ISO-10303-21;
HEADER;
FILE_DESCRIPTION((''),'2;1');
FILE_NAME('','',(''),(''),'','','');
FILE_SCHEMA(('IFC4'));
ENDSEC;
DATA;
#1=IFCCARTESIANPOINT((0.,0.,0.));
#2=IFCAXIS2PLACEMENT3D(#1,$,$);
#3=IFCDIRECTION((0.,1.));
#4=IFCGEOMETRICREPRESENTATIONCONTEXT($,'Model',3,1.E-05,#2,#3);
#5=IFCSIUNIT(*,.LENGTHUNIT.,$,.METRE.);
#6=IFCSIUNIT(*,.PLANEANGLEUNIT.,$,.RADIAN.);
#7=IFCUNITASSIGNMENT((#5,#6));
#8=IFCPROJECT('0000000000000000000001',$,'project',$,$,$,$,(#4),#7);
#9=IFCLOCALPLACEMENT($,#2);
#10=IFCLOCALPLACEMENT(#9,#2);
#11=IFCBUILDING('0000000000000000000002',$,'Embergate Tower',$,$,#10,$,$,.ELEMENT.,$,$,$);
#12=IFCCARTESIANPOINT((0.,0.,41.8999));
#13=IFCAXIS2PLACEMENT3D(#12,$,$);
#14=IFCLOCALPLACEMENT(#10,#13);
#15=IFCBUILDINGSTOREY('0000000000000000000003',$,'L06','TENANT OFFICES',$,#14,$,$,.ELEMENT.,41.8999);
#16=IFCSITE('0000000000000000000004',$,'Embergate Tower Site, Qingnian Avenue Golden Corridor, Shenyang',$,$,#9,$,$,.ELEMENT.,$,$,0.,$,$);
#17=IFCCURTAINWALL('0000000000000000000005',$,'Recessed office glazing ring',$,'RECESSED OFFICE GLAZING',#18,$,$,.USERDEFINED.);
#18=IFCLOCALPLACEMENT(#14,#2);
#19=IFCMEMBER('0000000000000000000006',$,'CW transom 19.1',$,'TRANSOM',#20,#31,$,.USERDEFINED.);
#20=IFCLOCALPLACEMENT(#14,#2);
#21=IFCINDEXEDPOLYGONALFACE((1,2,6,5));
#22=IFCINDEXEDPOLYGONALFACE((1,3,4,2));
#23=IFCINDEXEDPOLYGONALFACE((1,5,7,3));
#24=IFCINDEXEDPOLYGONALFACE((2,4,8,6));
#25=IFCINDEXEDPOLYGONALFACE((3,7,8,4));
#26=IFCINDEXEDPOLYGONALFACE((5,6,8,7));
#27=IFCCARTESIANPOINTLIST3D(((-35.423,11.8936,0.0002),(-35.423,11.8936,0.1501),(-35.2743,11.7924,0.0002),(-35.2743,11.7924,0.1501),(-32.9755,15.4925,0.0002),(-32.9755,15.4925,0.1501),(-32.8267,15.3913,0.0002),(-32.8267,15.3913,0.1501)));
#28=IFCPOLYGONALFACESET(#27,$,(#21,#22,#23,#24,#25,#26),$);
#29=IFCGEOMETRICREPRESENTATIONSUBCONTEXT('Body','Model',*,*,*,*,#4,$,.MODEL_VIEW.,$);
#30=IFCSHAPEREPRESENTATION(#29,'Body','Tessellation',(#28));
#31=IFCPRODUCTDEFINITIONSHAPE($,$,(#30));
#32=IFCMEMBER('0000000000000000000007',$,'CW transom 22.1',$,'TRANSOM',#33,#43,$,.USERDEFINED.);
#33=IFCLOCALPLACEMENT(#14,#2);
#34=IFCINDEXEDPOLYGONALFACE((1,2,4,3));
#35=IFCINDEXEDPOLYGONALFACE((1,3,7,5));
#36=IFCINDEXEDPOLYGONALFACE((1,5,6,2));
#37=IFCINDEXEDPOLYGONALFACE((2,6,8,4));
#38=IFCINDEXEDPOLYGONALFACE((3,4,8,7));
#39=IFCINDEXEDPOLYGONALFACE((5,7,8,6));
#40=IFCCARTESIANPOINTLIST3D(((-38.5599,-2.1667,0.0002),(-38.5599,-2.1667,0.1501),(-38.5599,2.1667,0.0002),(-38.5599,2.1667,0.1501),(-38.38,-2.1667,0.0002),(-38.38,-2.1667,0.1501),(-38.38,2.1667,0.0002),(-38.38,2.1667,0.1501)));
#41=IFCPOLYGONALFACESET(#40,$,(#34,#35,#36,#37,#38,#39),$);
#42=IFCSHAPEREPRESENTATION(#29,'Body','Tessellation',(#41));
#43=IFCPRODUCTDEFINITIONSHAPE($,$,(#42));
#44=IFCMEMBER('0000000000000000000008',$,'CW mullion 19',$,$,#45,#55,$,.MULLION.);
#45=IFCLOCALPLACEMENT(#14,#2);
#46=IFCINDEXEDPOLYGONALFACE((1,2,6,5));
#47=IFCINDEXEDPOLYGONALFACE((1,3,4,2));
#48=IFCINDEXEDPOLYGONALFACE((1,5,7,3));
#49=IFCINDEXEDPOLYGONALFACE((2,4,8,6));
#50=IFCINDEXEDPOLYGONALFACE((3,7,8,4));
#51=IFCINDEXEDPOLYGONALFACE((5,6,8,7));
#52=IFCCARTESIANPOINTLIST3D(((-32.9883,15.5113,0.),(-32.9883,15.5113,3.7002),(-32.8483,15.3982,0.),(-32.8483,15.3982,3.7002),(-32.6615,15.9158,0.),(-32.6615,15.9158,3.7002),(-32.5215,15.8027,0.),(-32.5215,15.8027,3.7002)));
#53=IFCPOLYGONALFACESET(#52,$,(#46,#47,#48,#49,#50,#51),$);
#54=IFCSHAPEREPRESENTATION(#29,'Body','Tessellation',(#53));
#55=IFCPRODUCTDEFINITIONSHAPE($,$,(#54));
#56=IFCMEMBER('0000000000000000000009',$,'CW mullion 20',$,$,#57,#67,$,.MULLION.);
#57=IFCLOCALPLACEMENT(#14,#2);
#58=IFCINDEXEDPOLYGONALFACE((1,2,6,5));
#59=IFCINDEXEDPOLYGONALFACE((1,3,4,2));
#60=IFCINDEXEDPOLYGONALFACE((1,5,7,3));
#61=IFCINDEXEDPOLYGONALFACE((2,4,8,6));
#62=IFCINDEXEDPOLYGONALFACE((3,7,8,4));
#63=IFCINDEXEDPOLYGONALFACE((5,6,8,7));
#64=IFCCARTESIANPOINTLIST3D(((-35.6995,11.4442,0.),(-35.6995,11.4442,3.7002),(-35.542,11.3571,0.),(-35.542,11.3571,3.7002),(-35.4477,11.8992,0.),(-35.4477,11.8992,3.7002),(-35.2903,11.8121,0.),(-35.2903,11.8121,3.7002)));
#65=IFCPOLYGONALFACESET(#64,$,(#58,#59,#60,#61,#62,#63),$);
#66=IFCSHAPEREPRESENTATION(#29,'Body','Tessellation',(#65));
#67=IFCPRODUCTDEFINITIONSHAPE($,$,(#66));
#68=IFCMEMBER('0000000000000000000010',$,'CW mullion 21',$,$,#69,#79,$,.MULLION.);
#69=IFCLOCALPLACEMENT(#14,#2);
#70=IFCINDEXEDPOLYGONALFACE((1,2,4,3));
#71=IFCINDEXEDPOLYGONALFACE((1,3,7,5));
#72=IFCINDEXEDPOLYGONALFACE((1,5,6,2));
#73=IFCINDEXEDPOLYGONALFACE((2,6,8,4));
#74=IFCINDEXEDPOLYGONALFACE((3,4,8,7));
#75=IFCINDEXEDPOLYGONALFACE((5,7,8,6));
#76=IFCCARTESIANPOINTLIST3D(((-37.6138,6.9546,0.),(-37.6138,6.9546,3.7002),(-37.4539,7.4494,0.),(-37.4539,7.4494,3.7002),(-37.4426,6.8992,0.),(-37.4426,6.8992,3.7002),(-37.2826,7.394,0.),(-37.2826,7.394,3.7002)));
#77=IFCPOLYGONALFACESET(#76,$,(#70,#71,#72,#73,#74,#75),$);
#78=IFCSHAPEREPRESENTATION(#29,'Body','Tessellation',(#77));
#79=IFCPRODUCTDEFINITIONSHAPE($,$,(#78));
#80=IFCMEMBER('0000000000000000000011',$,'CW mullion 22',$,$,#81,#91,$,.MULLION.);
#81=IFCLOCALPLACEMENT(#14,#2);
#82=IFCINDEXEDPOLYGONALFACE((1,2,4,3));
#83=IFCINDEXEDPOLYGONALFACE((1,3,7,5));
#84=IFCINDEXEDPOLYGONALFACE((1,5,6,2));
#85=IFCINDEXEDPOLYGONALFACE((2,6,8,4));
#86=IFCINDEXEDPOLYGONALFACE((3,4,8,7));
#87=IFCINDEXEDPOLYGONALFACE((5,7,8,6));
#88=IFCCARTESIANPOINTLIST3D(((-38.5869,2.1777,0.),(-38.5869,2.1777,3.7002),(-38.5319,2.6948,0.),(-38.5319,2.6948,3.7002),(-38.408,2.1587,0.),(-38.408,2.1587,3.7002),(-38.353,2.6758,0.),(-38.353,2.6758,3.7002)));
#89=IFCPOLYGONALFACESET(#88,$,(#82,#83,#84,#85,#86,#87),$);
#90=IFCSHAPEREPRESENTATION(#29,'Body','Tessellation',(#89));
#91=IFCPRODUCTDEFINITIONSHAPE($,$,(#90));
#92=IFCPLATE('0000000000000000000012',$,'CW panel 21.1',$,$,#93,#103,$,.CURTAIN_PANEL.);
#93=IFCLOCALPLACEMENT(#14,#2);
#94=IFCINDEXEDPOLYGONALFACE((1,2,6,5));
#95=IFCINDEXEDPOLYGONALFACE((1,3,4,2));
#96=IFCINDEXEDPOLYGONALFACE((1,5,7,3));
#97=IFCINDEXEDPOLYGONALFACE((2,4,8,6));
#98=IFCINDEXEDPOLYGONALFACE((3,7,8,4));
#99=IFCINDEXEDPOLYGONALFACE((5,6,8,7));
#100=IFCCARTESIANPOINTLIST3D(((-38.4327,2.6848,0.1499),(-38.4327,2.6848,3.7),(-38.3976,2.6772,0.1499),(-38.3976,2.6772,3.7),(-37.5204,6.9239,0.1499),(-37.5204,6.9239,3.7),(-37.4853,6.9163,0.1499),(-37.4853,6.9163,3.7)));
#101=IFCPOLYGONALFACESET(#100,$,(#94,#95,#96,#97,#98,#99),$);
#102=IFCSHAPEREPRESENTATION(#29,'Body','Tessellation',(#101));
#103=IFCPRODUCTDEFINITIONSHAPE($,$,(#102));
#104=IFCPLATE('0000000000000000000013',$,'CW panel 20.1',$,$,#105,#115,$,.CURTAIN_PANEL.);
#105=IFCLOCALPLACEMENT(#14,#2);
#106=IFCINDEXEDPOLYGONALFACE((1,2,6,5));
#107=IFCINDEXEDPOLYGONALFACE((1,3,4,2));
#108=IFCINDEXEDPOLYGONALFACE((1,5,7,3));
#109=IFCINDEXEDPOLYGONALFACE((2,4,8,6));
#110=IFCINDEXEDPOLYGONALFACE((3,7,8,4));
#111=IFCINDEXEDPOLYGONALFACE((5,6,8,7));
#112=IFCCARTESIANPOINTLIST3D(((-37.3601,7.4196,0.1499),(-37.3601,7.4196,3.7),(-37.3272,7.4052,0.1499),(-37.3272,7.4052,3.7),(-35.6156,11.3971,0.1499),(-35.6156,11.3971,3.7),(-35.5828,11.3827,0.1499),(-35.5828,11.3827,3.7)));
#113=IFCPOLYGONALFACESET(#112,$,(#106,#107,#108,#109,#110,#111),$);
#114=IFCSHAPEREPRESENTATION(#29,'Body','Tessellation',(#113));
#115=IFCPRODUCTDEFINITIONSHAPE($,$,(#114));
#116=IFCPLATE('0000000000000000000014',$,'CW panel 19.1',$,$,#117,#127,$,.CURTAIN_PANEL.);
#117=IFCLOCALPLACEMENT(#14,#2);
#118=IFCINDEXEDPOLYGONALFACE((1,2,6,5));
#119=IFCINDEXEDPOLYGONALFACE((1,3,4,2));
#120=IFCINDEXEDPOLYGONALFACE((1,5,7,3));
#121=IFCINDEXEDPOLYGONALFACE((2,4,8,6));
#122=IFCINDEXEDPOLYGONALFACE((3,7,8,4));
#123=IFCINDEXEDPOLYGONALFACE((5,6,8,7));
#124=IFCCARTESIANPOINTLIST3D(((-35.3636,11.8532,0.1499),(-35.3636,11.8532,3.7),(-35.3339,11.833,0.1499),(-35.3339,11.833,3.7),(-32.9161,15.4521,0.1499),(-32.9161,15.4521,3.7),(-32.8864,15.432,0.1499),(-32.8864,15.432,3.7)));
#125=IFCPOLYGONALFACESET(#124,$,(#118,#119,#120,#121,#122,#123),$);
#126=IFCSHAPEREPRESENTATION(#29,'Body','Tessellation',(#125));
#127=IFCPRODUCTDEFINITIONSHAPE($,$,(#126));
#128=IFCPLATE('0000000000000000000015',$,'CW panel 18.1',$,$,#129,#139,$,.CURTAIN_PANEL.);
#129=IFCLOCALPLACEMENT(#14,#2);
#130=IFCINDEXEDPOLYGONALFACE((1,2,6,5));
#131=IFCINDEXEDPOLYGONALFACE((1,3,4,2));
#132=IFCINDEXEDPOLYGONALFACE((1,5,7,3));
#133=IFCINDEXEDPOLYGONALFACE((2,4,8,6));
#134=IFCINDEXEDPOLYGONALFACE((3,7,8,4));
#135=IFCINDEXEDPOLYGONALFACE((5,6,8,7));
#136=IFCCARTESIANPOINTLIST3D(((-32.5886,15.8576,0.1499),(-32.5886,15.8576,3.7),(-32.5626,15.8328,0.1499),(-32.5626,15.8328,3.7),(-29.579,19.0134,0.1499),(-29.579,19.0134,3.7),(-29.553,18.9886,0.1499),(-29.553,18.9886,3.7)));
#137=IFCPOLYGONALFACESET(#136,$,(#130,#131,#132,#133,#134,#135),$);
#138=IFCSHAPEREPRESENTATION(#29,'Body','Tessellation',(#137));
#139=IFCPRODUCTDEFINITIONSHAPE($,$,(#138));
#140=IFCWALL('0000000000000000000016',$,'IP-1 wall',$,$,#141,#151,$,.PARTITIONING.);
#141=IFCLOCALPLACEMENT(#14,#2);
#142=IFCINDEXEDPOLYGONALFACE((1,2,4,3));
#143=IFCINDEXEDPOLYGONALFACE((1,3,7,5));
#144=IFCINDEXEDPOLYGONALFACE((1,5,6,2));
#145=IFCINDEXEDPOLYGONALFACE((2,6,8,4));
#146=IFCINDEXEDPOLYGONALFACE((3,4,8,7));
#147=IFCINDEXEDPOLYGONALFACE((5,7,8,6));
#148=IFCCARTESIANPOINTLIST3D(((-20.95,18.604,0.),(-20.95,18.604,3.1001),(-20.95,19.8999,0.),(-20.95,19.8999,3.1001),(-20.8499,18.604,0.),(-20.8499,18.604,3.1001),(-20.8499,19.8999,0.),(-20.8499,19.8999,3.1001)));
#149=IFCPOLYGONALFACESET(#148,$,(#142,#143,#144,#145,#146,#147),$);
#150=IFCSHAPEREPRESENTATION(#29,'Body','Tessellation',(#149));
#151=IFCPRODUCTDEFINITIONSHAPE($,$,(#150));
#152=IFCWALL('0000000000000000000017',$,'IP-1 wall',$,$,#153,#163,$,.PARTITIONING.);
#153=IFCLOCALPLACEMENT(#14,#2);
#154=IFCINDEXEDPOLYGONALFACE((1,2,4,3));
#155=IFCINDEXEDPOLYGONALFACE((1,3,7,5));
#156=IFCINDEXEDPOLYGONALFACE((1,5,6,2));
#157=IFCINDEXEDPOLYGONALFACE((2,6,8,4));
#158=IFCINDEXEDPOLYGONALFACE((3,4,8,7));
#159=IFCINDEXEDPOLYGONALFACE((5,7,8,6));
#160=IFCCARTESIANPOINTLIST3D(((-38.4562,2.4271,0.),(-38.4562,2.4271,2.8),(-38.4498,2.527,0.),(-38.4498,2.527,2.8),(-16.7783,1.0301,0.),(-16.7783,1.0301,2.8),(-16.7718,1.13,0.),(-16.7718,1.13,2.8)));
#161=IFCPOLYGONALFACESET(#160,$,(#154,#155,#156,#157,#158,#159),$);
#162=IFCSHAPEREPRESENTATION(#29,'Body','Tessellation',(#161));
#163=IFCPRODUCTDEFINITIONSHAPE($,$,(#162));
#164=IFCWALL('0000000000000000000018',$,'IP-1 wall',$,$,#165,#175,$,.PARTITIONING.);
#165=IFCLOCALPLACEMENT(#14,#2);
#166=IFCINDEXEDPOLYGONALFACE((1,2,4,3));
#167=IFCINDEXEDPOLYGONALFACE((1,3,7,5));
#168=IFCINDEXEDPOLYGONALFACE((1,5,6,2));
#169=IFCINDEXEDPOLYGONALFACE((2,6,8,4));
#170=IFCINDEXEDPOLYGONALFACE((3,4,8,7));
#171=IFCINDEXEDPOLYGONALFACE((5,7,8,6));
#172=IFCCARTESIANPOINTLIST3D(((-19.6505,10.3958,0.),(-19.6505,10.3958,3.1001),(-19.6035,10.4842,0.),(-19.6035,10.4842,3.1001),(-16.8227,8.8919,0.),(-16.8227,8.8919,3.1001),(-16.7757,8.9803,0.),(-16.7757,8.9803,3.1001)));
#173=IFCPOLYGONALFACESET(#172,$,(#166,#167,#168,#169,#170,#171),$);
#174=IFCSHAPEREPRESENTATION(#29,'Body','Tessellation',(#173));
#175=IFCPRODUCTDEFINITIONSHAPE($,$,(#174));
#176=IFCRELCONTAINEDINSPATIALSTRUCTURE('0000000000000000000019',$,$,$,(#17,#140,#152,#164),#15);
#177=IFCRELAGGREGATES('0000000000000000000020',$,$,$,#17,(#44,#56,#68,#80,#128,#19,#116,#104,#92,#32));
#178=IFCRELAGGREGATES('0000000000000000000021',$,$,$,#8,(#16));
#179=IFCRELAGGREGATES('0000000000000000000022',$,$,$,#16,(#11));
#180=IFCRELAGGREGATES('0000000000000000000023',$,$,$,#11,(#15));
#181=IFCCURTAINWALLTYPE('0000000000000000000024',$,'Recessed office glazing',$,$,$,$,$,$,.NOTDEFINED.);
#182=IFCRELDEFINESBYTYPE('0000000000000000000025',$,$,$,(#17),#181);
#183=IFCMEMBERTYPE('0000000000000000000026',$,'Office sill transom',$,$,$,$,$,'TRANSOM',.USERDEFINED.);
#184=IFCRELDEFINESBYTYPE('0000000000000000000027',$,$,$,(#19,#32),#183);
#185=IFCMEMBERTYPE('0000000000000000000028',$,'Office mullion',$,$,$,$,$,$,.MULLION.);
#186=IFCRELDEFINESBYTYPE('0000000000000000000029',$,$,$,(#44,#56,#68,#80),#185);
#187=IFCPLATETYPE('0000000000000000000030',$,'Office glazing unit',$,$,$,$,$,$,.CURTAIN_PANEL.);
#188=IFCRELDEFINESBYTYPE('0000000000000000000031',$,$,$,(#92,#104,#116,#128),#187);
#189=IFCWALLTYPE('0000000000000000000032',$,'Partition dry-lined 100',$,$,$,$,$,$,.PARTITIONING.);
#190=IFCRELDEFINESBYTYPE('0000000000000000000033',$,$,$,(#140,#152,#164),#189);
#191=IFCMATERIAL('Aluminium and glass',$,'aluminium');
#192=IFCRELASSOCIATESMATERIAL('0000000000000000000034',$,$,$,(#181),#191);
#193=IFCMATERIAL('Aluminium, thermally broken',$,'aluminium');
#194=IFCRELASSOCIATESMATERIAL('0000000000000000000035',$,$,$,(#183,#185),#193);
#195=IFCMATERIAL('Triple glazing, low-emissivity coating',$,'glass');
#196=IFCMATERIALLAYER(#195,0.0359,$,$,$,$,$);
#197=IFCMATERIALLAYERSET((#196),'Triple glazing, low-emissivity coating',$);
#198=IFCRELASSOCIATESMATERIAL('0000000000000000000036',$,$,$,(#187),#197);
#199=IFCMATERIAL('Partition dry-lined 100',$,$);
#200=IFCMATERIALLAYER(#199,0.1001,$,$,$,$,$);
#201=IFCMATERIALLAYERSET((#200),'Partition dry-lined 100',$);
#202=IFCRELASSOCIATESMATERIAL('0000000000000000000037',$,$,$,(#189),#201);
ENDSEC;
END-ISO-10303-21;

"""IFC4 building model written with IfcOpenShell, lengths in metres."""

from ifc_helpers import new_model, si_unit, direction, frame, frame_2d, origin, origin_2d, place, context, subcontext, project, spatial, rectangle, extrude, source, transform, mapped, material, layer, layer_set, material_profile, profile_set, type_object, element, aggregate, save


model = new_model("IFC4")

# Units and contexts
model_context = context("Model", 3, precision=1e-05, world=origin(), true_north=direction((0.0, 1.0)))
body_context = subcontext(model_context, "Body", "Model", "MODEL_VIEW")
ifc_project = project(units=[si_unit("LENGTHUNIT", "METRE"), si_unit("PLANEANGLEUNIT", "RADIAN")], contexts=[model_context])

# Site, building, storey
site_placement = place(None, origin())
site = spatial("IfcSite", under=ifc_project, at=site_placement, Name="Embergate Tower Site, Qingnian Avenue Golden Corridor, Shenyang", CompositionType="ELEMENT", RefElevation=0.0)
building_placement = place(site_placement, origin())
building = spatial("IfcBuilding", under=site, at=building_placement, Name="Embergate Tower", CompositionType="ELEMENT")
storey_placement = place(building_placement, frame((0.0, 0.0, 41.8999)))
storey = spatial("IfcBuildingStorey", under=building, at=storey_placement, Name="L06", Description="TENANT OFFICES", CompositionType="ELEMENT", Elevation=41.8999)

# Curtain wall, members, plates
ifc_material_1 = material(Name="Aluminium and glass", Category="aluminium")
curtain_wall_type = type_object("IfcCurtainWallType", Name="Recessed office glazing", PredefinedType="NOTDEFINED", material=ifc_material_1)
curtain_wall_placement = place(storey_placement, origin())
curtain_wall = element("IfcCurtainWall", 1, at=curtain_wall_placement, inside=storey, type_object=curtain_wall_type, Name="Recessed office glazing ring", ObjectType="RECESSED OFFICE GLAZING", PredefinedType="USERDEFINED")
ifc_material_2 = material(Name="Aluminium, thermally broken", Category="aluminium")
ifc_material_profile_1 = material_profile(ifc_material_2, rectangle(XDim=0.1799, YDim=0.1499, at=origin_2d()), Name="AL 150x180")
ifc_profile_set_1 = profile_set([ifc_material_profile_1], Name="Aluminium, thermally broken")
member_type_1 = type_object("IfcMemberType", Name="Office sill transom", ElementType="TRANSOM", PredefinedType="USERDEFINED", material=ifc_profile_set_1)
shared_shape_1 = source(origin(), body_context, "Body", "SweptSolid", [
    extrude(rectangle(XDim=0.1799, YDim=0.1499, at=origin_2d()), origin(), (0.0, 0.0, 1.0), 4.3523),
])
member_1_placement = place(storey_placement, frame((-32.9011, 15.4419, 0.0752), z_axis=(-0.562353, -0.826897, 0.0), x_axis=(0.826897, -0.562353, 0.0)))
member_1 = element("IfcMember", 2, at=member_1_placement, type_object=member_type_1, Name="CW transom 19.1", ObjectType="TRANSOM", PredefinedType="USERDEFINED", context=body_context, shape_type="MappedRepresentation", body=[
    mapped(shared_shape_1, transform((0.0, 0.0, 0.0))),
])
shared_shape_2 = source(origin(), body_context, "Body", "SweptSolid", [
    extrude(rectangle(XDim=0.1799, YDim=0.1499, at=origin_2d()), origin(), (0.0, 0.0, 1.0), 4.3335),
])
member_2_placement = place(storey_placement, frame((-38.47, 2.1667, 0.0752), z_axis=(0.0, -1.0, 0.0), x_axis=(1.0, 0.0, 0.0)))
member_2 = element("IfcMember", 3, at=member_2_placement, type_object=member_type_1, Name="CW transom 22.1", ObjectType="TRANSOM", PredefinedType="USERDEFINED", context=body_context, shape_type="MappedRepresentation", body=[
    mapped(shared_shape_2, transform((0.0, 0.0, 0.0))),
])
ifc_material_profile_2 = material_profile(ifc_material_2, rectangle(XDim=0.1799, YDim=0.52, at=origin_2d()), Name="AL 520x180")
ifc_profile_set_2 = profile_set([ifc_material_profile_2], Name="Aluminium, thermally broken")
member_type_2 = type_object("IfcMemberType", Name="Office mullion", PredefinedType="MULLION", material=ifc_profile_set_2)
shared_shape_3 = source(origin(), body_context, "Body", "SweptSolid", [
    extrude(rectangle(XDim=0.1799, YDim=0.52, at=origin_2d()), origin(), (0.0, 0.0, 1.0), 3.7002),
])
member_3_placement = place(storey_placement, frame((-32.7549, 15.657, 0.0), z_axis=(0.0, 0.0, 1.0), x_axis=(0.777874, -0.628421, 0.0)))
member_3 = element("IfcMember", 4, at=member_3_placement, type_object=member_type_2, Name="CW mullion 19", PredefinedType="MULLION", context=body_context, shape_type="MappedRepresentation", body=[
    mapped(shared_shape_3, transform((0.0, 0.0, 0.0))),
])
member_4_placement = place(storey_placement, frame((-35.4949, 11.6282, 0.0), z_axis=(0.0, 0.0, 1.0), x_axis=(0.875003, -0.484118, 0.0)))
member_4 = element("IfcMember", 5, at=member_4_placement, type_object=member_type_2, Name="CW mullion 20", PredefinedType="MULLION", context=body_context, shape_type="MappedRepresentation", body=[
    mapped(shared_shape_3, transform((0.0, 0.0, 0.0))),
])
member_5_placement = place(storey_placement, frame((-37.4482, 7.1743, 0.0), z_axis=(0.0, 0.0, 1.0), x_axis=(0.951499, -0.307652, 0.0)))
member_5 = element("IfcMember", 6, at=member_5_placement, type_object=member_type_2, Name="CW mullion 21", PredefinedType="MULLION", context=body_context, shape_type="MappedRepresentation", body=[
    mapped(shared_shape_3, transform((0.0, 0.0, 0.0))),
])
member_6_placement = place(storey_placement, frame((-38.47, 2.4268, 0.0), z_axis=(0.0, 0.0, 1.0), x_axis=(0.994385, -0.105823, 0.0)))
member_6 = element("IfcMember", 7, at=member_6_placement, type_object=member_type_2, Name="CW mullion 22", PredefinedType="MULLION", context=body_context, shape_type="MappedRepresentation", body=[
    mapped(shared_shape_3, transform((0.0, 0.0, 0.0))),
])
ifc_material_3 = material(Name="Triple glazing, low-emissivity coating", Category="glass")
ifc_layer_1 = layer(ifc_material_3, 0.0359)
ifc_layer_set_1 = layer_set([ifc_layer_1], Name="Triple glazing, low-emissivity coating")
plate_type = type_object("IfcPlateType", Name="Office glazing unit", PredefinedType="CURTAIN_PANEL", material=ifc_layer_set_1)
shared_shape_4 = source(origin(), body_context, "Body", "SweptSolid", [
    extrude(rectangle(XDim=4.3362, YDim=0.0359, at=origin_2d()), origin(), (0.0, 0.0, 1.0), 3.55),
])
plate_1_placement = place(storey_placement, frame((-37.959, 4.8005, 0.1499), z_axis=(0.0, 0.0, 1.0), x_axis=(-0.210398, -0.977616, 0.0)))
plate_1 = element("IfcPlate", 8, at=plate_1_placement, type_object=plate_type, Name="CW panel 21.1", PredefinedType="CURTAIN_PANEL", context=body_context, shape_type="MappedRepresentation", body=[
    mapped(shared_shape_4, transform((0.0, 0.0, 0.0))),
])
shared_shape_5 = source(origin(), body_context, "Body", "SweptSolid", [
    extrude(rectangle(XDim=4.3433, YDim=0.0359, at=origin_2d()), origin(), (0.0, 0.0, 1.0), 3.55),
])
plate_2_placement = place(storey_placement, frame((-36.4714, 9.4011, 0.1499), z_axis=(0.0, 0.0, 1.0), x_axis=(-0.401654, -0.915792, 0.0)))
plate_2 = element("IfcPlate", 9, at=plate_2_placement, type_object=plate_type, Name="CW panel 20.1", PredefinedType="CURTAIN_PANEL", context=body_context, shape_type="MappedRepresentation", body=[
    mapped(shared_shape_5, transform((0.0, 0.0, 0.0))),
])
shared_shape_6 = source(origin(), body_context, "Body", "SweptSolid", [
    extrude(rectangle(XDim=4.3523, YDim=0.0359, at=origin_2d()), origin(), (0.0, 0.0, 1.0), 3.55),
])
plate_3_placement = place(storey_placement, frame((-34.125, 13.6426, 0.1499), z_axis=(0.0, 0.0, 1.0), x_axis=(-0.562345, -0.826903, 0.0)))
plate_3 = element("IfcPlate", 10, at=plate_3_placement, type_object=plate_type, Name="CW panel 19.1", PredefinedType="CURTAIN_PANEL", context=body_context, shape_type="MappedRepresentation", body=[
    mapped(shared_shape_6, transform((0.0, 0.0, 0.0))),
])
shared_shape_7 = source(origin(), body_context, "Body", "SweptSolid", [
    extrude(rectangle(XDim=4.3608, YDim=0.0359, at=origin_2d()), origin(), (0.0, 0.0, 1.0), 3.55),
])
plate_4_placement = place(storey_placement, frame((-31.0708, 17.4231, 0.1499), z_axis=(0.0, 0.0, 1.0), x_axis=(-0.690136, -0.723679, 0.0)))
plate_4 = element("IfcPlate", 11, at=plate_4_placement, type_object=plate_type, Name="CW panel 18.1", PredefinedType="CURTAIN_PANEL", context=body_context, shape_type="MappedRepresentation", body=[
    mapped(shared_shape_7, transform((0.0, 0.0, 0.0))),
])
aggregate(curtain_wall, [member_3, member_4, member_5, member_6, plate_4, member_1, plate_3, plate_2, plate_1, member_2])

# Walls
ifc_material_4 = material(Name="Partition dry-lined 100")
ifc_layer_2 = layer(ifc_material_4, 0.1001)
ifc_layer_set_2 = layer_set([ifc_layer_2], Name="Partition dry-lined 100")
wall_type = type_object("IfcWallType", Name="Partition dry-lined 100", PredefinedType="PARTITIONING", material=ifc_layer_set_2)
shared_shape_8 = source(origin(), body_context, "Body", "SweptSolid", [
    extrude(rectangle(XDim=1.2959, YDim=0.1001, at=frame_2d((0.6479, 0.0))), origin(), (0.0, 0.0, 1.0), 3.1001),
])
wall_1_placement = place(storey_placement, frame((-20.8999, 18.604, 0.0), z_axis=(0.0, 0.0, 1.0), x_axis=(0.0, 1.0, 0.0)))
element("IfcWall", 12, at=wall_1_placement, inside=storey, type_object=wall_type, Name="IP-1 wall", PredefinedType="PARTITIONING", context=body_context, shape_type="MappedRepresentation", body=[
    mapped(shared_shape_8, transform((0.0, 0.0, 0.0))),
])
shared_shape_9 = source(origin(), body_context, "Body", "SweptSolid", [
    extrude(rectangle(XDim=21.7229, YDim=0.1001, at=frame_2d((10.8613, 0.0))), origin(), (0.0, 0.0, 1.0), 2.8),
])
wall_2_placement = place(storey_placement, frame((-38.4529, 2.4771, 0.0), z_axis=(0.0, 0.0, 1.0), x_axis=(0.99793, -0.064309, 0.0)))
element("IfcWall", 13, at=wall_2_placement, inside=storey, type_object=wall_type, Name="IP-1 wall", PredefinedType="PARTITIONING", context=body_context, shape_type="MappedRepresentation", body=[
    mapped(shared_shape_9, transform((0.0, 0.0, 0.0))),
])
shared_shape_10 = source(origin(), body_context, "Body", "SweptSolid", [
    extrude(rectangle(XDim=3.2029, YDim=0.1001, at=frame_2d((1.6016, 0.0))), origin(), (0.0, 0.0, 1.0), 3.1001),
])
wall_3_placement = place(storey_placement, frame((-16.7991, 8.936, 0.0), z_axis=(0.0, 0.0, 1.0), x_axis=(-0.882909, 0.469543, 0.0)))
element("IfcWall", 14, at=wall_3_placement, inside=storey, type_object=wall_type, Name="IP-1 wall", PredefinedType="PARTITIONING", context=body_context, shape_type="MappedRepresentation", body=[
    mapped(shared_shape_10, transform((0.0, 0.0, 0.0))),
])

save(model, "model.ifc")
